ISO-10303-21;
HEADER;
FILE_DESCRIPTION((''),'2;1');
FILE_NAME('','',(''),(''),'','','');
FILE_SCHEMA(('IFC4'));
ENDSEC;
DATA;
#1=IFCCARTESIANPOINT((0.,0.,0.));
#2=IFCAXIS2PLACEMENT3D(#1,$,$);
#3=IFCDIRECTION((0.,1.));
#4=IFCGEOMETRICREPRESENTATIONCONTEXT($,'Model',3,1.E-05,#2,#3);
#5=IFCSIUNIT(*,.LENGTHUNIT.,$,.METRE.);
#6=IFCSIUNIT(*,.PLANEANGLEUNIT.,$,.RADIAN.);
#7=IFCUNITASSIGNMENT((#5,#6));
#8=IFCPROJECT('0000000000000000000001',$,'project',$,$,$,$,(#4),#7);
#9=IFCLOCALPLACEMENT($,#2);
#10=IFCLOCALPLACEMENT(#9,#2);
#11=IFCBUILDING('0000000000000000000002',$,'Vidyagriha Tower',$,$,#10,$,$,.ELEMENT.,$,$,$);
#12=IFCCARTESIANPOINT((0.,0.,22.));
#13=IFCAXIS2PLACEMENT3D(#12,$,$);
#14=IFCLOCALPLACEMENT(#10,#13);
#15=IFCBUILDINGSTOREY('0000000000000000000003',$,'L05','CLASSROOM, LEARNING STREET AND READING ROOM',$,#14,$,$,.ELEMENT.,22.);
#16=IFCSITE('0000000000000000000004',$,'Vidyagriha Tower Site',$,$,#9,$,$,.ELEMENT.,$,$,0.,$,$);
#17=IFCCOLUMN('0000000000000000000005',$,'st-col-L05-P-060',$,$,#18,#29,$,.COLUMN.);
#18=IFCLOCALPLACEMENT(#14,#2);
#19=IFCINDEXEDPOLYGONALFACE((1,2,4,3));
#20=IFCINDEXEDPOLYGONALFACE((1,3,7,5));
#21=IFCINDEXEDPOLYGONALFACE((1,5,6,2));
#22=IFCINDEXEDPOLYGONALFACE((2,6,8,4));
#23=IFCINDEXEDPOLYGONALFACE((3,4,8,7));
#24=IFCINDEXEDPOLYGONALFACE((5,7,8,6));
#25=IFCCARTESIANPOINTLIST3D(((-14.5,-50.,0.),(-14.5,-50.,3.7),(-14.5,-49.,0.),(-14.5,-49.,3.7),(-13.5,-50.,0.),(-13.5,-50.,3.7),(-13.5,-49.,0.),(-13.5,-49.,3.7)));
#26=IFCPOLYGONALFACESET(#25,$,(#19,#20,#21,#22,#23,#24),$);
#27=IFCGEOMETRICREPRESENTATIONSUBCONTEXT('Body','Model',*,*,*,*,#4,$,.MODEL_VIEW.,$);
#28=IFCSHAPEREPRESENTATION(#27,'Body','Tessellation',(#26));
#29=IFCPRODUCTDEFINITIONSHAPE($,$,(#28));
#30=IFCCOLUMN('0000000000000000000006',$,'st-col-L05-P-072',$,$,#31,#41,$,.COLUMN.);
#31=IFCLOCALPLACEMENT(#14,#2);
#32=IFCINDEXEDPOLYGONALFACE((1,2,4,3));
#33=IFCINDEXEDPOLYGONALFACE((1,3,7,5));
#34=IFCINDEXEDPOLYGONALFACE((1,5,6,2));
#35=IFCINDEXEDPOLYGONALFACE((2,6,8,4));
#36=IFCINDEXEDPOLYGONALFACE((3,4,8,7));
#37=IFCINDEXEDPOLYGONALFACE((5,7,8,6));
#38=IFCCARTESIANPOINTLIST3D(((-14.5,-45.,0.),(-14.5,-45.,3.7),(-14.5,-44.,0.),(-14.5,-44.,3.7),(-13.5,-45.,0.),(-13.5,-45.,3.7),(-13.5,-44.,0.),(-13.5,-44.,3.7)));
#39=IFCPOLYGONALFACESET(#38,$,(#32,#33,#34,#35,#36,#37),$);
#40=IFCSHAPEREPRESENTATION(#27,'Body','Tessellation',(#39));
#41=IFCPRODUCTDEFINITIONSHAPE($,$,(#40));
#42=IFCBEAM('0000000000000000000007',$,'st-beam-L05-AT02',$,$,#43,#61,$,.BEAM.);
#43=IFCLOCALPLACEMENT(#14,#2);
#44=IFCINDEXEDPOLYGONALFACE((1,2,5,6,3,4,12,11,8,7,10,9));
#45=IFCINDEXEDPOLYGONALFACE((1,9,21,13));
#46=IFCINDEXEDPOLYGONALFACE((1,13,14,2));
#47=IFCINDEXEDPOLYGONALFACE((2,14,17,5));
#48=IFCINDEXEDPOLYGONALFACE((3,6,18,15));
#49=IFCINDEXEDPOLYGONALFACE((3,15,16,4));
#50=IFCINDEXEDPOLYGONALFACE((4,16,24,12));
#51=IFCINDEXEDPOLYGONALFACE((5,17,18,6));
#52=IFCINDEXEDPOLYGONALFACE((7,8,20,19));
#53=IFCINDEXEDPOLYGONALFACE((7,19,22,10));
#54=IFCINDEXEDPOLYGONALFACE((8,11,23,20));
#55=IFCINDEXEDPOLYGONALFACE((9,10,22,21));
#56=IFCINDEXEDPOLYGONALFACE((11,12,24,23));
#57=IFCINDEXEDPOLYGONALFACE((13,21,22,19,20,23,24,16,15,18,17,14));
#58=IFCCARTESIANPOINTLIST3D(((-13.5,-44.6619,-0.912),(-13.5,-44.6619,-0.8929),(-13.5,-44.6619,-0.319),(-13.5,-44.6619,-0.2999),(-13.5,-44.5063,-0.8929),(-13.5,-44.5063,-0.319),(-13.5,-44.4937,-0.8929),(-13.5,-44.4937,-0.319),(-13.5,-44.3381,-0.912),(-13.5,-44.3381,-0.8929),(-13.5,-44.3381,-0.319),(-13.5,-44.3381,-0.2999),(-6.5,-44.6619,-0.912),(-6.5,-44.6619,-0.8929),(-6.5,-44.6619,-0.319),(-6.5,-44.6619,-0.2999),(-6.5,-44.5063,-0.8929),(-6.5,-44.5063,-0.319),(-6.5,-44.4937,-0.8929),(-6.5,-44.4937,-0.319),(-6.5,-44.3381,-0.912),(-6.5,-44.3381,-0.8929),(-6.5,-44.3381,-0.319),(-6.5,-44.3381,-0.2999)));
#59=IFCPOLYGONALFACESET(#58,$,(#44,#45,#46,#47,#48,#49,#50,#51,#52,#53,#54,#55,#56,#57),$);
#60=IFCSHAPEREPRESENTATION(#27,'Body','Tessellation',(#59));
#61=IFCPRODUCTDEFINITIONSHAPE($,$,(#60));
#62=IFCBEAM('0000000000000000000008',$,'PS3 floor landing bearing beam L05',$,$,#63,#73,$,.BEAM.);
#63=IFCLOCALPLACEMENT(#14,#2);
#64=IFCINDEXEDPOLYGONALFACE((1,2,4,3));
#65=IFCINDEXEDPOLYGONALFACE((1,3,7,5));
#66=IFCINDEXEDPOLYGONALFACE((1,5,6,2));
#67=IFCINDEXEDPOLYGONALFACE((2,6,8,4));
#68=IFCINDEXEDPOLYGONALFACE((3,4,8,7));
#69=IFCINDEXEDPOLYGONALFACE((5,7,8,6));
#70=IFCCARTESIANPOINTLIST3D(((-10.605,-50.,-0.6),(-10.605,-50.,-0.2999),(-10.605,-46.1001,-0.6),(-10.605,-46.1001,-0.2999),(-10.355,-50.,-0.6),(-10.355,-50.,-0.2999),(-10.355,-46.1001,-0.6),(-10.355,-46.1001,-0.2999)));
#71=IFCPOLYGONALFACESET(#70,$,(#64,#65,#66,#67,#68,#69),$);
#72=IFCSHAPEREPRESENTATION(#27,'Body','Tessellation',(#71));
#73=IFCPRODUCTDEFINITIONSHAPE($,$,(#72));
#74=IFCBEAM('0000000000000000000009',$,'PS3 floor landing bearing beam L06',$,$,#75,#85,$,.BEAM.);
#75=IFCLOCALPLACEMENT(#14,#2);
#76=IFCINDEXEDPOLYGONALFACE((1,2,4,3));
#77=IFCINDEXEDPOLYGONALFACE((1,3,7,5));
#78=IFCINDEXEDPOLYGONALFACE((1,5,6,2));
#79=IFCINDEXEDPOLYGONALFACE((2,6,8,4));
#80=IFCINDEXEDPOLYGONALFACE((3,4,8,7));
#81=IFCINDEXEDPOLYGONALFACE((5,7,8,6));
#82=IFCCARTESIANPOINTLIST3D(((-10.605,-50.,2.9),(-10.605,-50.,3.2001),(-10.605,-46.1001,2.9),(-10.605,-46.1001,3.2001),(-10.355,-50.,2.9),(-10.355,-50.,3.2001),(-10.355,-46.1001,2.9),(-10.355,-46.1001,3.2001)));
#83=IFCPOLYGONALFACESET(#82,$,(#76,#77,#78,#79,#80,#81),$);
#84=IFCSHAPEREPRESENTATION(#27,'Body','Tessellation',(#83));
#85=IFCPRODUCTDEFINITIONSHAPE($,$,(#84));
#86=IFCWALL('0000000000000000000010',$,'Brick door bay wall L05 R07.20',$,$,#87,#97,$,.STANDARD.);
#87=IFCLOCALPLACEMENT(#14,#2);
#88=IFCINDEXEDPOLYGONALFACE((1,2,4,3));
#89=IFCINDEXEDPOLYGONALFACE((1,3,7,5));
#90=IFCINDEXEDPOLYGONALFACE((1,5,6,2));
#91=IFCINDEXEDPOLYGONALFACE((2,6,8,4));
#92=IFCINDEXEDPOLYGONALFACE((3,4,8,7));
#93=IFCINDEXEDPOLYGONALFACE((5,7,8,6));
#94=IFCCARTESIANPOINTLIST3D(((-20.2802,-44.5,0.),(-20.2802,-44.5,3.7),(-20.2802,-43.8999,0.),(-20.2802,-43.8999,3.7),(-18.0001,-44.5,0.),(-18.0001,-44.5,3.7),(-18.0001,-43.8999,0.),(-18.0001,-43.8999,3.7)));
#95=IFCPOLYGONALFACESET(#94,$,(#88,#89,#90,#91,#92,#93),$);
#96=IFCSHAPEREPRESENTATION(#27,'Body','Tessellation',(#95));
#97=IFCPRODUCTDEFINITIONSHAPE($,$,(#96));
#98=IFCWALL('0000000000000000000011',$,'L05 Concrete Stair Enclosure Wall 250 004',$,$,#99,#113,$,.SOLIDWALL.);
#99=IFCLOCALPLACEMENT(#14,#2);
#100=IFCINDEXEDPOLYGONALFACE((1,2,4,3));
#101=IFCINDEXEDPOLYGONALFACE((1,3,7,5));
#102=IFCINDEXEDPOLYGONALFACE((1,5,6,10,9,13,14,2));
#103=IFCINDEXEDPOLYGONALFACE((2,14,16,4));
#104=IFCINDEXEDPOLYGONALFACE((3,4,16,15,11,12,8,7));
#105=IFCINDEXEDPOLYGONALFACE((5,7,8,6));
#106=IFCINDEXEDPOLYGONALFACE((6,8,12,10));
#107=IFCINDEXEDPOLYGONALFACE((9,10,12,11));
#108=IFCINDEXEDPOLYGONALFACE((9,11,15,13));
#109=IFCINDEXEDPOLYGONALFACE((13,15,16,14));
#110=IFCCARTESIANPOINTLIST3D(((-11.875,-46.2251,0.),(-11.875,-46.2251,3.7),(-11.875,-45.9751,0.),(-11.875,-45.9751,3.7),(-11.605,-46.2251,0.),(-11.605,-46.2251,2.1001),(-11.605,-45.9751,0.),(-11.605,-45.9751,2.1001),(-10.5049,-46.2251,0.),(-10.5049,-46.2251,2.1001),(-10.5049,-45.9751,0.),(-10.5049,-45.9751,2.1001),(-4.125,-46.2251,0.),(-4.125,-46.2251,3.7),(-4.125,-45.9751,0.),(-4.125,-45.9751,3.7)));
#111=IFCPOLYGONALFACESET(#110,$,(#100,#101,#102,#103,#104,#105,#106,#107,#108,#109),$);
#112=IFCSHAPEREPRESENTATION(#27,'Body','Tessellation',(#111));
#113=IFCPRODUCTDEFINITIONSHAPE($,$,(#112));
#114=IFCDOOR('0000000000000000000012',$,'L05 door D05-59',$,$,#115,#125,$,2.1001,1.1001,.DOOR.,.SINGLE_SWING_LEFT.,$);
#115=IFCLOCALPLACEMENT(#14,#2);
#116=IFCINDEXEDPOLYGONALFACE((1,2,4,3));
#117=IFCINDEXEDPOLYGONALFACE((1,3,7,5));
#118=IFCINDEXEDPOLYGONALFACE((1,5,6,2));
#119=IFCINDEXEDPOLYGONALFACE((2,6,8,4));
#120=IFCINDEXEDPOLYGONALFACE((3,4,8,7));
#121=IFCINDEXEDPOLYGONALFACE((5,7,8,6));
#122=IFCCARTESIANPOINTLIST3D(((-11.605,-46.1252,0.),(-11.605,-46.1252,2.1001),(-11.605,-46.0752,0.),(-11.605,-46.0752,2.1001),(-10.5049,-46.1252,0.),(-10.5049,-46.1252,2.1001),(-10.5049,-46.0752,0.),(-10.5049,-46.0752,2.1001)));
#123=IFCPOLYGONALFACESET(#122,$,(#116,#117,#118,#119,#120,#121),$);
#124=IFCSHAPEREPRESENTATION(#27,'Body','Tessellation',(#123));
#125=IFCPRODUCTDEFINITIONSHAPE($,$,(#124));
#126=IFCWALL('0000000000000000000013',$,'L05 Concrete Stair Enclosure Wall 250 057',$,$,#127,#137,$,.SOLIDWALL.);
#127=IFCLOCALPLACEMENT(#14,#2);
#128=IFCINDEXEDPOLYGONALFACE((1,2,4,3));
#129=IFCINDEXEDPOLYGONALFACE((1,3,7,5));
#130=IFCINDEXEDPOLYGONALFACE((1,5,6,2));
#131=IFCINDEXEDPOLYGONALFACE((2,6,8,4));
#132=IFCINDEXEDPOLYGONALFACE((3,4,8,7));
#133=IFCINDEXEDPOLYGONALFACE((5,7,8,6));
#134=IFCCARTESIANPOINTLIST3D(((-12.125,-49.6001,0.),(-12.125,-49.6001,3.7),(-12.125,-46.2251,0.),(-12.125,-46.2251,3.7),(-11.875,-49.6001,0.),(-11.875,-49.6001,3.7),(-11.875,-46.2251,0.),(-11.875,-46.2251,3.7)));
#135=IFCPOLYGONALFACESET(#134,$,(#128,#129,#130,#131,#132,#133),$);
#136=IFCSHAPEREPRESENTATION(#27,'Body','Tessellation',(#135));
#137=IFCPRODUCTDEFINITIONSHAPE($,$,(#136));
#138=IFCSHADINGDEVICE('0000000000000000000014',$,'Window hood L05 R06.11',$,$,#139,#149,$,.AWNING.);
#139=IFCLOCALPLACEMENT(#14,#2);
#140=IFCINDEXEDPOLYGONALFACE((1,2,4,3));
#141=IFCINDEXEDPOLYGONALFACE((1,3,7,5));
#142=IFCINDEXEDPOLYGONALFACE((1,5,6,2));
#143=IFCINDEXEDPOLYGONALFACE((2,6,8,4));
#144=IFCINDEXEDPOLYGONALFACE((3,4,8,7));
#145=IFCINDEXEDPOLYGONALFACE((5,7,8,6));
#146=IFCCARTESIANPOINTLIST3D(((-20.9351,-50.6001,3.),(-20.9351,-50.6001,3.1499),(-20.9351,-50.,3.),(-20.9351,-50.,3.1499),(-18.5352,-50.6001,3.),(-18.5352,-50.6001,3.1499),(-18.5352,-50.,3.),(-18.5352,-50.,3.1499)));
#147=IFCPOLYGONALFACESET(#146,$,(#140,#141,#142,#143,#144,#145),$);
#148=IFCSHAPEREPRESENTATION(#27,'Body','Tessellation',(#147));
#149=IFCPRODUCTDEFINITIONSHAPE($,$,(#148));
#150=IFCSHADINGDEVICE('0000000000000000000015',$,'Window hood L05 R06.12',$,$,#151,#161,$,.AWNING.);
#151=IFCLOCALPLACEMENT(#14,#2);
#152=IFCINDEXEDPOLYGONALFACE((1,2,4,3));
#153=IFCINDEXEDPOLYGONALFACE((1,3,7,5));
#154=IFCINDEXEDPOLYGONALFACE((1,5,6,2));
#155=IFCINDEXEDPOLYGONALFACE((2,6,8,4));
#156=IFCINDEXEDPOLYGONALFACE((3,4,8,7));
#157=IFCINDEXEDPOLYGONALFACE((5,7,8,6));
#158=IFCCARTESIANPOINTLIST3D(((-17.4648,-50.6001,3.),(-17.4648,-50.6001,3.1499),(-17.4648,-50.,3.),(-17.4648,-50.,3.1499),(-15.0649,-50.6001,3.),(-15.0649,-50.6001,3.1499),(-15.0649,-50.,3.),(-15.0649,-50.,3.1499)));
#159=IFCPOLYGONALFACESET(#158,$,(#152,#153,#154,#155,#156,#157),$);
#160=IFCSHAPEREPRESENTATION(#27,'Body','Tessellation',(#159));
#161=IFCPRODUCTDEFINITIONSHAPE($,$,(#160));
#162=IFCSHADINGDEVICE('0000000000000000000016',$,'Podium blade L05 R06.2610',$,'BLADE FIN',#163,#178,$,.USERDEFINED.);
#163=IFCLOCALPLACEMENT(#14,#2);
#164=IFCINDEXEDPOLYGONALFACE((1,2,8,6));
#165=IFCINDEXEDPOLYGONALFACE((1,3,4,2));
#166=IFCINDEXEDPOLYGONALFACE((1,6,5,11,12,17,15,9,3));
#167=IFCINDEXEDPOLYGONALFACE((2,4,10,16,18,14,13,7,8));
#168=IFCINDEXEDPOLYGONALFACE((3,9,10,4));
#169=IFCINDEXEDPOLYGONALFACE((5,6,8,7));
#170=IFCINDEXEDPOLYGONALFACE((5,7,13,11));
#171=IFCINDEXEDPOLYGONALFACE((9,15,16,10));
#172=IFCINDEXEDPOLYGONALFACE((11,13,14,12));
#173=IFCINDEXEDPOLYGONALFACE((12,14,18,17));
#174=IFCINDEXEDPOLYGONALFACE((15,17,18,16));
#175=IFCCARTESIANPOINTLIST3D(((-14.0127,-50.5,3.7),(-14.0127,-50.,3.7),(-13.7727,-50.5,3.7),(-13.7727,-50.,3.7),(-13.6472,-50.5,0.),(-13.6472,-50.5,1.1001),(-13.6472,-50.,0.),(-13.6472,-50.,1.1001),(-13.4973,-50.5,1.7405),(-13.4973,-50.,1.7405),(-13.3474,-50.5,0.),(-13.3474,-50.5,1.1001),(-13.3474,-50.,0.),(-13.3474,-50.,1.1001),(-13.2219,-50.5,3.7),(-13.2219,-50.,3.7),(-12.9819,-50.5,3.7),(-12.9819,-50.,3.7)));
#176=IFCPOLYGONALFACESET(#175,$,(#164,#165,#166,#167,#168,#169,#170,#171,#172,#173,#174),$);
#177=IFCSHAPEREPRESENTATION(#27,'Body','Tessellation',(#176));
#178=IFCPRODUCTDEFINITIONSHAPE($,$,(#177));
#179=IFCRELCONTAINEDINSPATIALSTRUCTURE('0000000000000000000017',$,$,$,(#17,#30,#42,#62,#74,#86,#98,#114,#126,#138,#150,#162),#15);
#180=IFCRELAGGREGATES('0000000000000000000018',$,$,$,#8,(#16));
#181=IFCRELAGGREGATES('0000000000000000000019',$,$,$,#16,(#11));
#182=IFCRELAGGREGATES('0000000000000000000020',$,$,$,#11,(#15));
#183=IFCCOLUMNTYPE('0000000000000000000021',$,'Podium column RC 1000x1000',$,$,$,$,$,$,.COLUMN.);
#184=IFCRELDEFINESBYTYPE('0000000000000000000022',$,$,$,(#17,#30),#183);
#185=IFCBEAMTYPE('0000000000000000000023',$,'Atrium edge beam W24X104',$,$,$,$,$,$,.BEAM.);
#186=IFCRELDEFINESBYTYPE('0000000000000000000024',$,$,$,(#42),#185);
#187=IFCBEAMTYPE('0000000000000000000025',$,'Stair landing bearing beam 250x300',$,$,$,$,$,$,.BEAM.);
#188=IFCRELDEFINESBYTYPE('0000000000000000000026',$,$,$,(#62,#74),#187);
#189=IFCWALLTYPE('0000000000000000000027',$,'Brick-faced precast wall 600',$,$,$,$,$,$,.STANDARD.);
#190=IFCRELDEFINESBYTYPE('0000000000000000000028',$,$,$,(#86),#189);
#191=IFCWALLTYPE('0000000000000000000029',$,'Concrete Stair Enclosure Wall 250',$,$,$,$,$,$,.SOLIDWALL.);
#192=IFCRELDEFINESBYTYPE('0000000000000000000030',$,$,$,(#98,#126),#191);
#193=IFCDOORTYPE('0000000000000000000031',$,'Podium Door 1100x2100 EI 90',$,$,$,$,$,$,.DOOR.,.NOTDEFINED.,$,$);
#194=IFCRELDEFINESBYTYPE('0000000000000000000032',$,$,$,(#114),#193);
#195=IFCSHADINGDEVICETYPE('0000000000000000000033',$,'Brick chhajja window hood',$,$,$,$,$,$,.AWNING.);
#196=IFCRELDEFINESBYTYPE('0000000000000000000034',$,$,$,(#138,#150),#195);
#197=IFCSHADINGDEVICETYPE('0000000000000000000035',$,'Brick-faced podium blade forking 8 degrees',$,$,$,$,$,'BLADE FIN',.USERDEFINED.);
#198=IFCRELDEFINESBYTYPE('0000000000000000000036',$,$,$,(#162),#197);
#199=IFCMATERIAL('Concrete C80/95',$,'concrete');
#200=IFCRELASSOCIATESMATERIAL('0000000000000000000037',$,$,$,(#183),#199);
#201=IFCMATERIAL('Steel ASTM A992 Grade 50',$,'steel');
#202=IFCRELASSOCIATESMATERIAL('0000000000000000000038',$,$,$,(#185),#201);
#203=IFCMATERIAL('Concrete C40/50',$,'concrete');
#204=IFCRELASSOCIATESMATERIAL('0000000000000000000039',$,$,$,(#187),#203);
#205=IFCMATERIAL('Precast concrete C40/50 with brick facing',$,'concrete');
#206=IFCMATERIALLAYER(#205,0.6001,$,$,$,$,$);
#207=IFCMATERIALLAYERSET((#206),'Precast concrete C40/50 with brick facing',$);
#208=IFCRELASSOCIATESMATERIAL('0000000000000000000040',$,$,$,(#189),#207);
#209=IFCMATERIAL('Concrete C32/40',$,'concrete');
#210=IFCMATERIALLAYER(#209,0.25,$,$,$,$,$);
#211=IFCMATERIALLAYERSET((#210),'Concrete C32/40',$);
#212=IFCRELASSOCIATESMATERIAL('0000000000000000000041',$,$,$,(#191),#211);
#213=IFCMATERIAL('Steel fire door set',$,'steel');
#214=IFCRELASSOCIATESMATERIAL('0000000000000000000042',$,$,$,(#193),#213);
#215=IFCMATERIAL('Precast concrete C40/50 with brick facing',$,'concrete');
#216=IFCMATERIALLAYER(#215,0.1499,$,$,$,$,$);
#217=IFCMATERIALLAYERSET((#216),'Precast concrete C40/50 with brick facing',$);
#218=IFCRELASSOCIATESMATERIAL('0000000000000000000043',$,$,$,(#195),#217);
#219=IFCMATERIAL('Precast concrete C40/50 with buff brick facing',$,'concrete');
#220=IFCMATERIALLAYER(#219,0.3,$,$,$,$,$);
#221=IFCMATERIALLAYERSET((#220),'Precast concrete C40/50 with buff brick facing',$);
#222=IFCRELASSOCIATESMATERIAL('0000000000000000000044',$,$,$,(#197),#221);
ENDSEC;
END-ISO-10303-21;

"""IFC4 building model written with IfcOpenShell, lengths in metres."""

from ifc_helpers import new_model, si_unit, direction, frame, frame_2d, origin, origin_2d, place, context, subcontext, project, spatial, polyline, rectangle, i_section, outline, extrude, material, layer, layer_set, material_profile, profile_set, type_object, element, fill, save


model = new_model("IFC4")

# Units and contexts
model_context = context("Model", 3, precision=1e-05, world=origin(), true_north=direction((0.0, 1.0)))
body_context = subcontext(model_context, "Body", "Model", "MODEL_VIEW")
ifc_project = project(units=[si_unit("LENGTHUNIT", "METRE"), si_unit("PLANEANGLEUNIT", "RADIAN")], contexts=[model_context])

# Site, building, storey
site_placement = place(None, origin())
site = spatial("IfcSite", under=ifc_project, at=site_placement, Name="Vidyagriha Tower Site", CompositionType="ELEMENT", RefElevation=0.0)
building_placement = place(site_placement, origin())
building = spatial("IfcBuilding", under=site, at=building_placement, Name="Vidyagriha Tower", CompositionType="ELEMENT")
storey_placement = place(building_placement, frame((0.0, 0.0, 22.0)))
storey = spatial("IfcBuildingStorey", under=building, at=storey_placement, Name="L05", Description="CLASSROOM, LEARNING STREET AND READING ROOM", CompositionType="ELEMENT", Elevation=22.0)

# Columns
ifc_material_1 = material(Name="Concrete C80/95", Category="concrete")
ifc_material_profile_1 = material_profile(ifc_material_1, rectangle(XDim=1.0, YDim=1.0, at=origin_2d()), Name="RC 1000x1000")
ifc_profile_set_1 = profile_set([ifc_material_profile_1], Name="Concrete C80/95")
column_type = type_object("IfcColumnType", Name="Podium column RC 1000x1000", PredefinedType="COLUMN", material=ifc_profile_set_1)
for number, where, name in (
    (1, (-14.0, -49.5, 0.0), "st-col-L05-P-060"),
    (2, (-14.0, -44.5, 0.0), "st-col-L05-P-072"),
):
    element("IfcColumn", number, at=place(storey_placement, frame(where)), inside=storey, type_object=column_type, Name=name, PredefinedType="COLUMN", context=body_context, shape_type="SweptSolid", body=[
        extrude(rectangle(XDim=1.0, YDim=1.0, at=origin_2d()), origin(), (0.0, 0.0, 1.0), 3.7),
    ])

# Beams
ifc_material_2 = material(Name="Steel ASTM A992 Grade 50", Category="steel")
ifc_material_profile_2 = material_profile(ifc_material_2, i_section(OverallWidth=0.3237, OverallDepth=0.6121, WebThickness=0.0127, FlangeThickness=0.019, at=origin_2d()), Name="W24X104")
ifc_profile_set_2 = profile_set([ifc_material_profile_2], Name="Steel ASTM A992 Grade 50")
beam_type_1 = type_object("IfcBeamType", Name="Atrium edge beam W24X104", PredefinedType="BEAM", material=ifc_profile_set_2)
beam_placement = place(storey_placement, frame((-13.5, -44.5, -0.606), z_axis=(1.0, 0.0, 0.0), x_axis=(0.0, 1.0, 0.0)))
element("IfcBeam", 3, at=beam_placement, inside=storey, type_object=beam_type_1, Name="st-beam-L05-AT02", PredefinedType="BEAM", context=body_context, shape_type="SweptSolid", body=[
    extrude(i_section(OverallWidth=0.3237, OverallDepth=0.6121, WebThickness=0.0127, FlangeThickness=0.019, at=origin_2d()), origin(), (0.0, 0.0, 1.0), 7.0),
])
ifc_material_3 = material(Name="Concrete C40/50", Category="concrete")
ifc_material_profile_3 = material_profile(ifc_material_3, rectangle(XDim=0.25, YDim=0.3, at=origin_2d()), Name="Stair landing bearing beam 250x300")
ifc_profile_set_3 = profile_set([ifc_material_profile_3], Name="Concrete C40/50")
beam_type_2 = type_object("IfcBeamType", Name="Stair landing bearing beam 250x300", PredefinedType="BEAM", material=ifc_profile_set_3)
for number, where, z_axis, x_axis, name in (
    (4, (-10.48, -50.0, -0.45), (0.0, 1.0, 0.0), (-1.0, 0.0, 0.0), "PS3 floor landing bearing beam L05"),
    (5, (-10.48, -50.0, 3.05), (0.0, 1.0, 0.0), (-1.0, 0.0, 0.0), "PS3 floor landing bearing beam L06"),
):
    element("IfcBeam", number, at=place(storey_placement, frame(where, z_axis=z_axis, x_axis=x_axis)), inside=storey, type_object=beam_type_2, Name=name, PredefinedType="BEAM", context=body_context, shape_type="SweptSolid", body=[
        extrude(rectangle(XDim=0.25, YDim=0.3, at=origin_2d()), origin(), (0.0, 0.0, 1.0), 3.8999),
    ])

# Wall
ifc_material_4 = material(Name="Precast concrete C40/50 with brick facing", Category="concrete")
ifc_layer_1 = layer(ifc_material_4, 0.6001)
ifc_layer_set_1 = layer_set([ifc_layer_1], Name="Precast concrete C40/50 with brick facing")
wall_type_1 = type_object("IfcWallType", Name="Brick-faced precast wall 600", PredefinedType="STANDARD", material=ifc_layer_set_1)
wall_1_placement = place(storey_placement, frame((-18.0, -44.2, 0.0), z_axis=(0.0, 0.0, 1.0), x_axis=(-1.0, 0.0, 0.0)))
element("IfcWall", 6, at=wall_1_placement, inside=storey, type_object=wall_type_1, Name="Brick door bay wall L05 R07.20", PredefinedType="STANDARD", context=body_context, shape_type="SweptSolid", body=[
    extrude(rectangle(XDim=2.28, YDim=0.6001, at=frame_2d((1.1401, 0.0))), origin(), (0.0, 0.0, 1.0), 3.7),
])

# Wall, opening, door
ifc_material_5 = material(Name="Concrete C32/40", Category="concrete")
ifc_layer_2 = layer(ifc_material_5, 0.25)
ifc_layer_set_2 = layer_set([ifc_layer_2], Name="Concrete C32/40")
wall_type_2 = type_object("IfcWallType", Name="Concrete Stair Enclosure Wall 250", PredefinedType="SOLIDWALL", material=ifc_layer_set_2)
wall_2_placement = place(storey_placement, frame((-11.875, -46.1001, 0.0)))
wall_2 = element("IfcWall", 7, at=wall_2_placement, inside=storey, type_object=wall_type_2, Name="L05 Concrete Stair Enclosure Wall 250 004", PredefinedType="SOLIDWALL", context=body_context, shape_type="SweptSolid", body=[
    extrude(rectangle(XDim=7.75, YDim=0.25, at=frame_2d((3.875, 0.0))), origin(), (0.0, 0.0, 1.0), 3.7),
])
opening_placement = place(wall_2_placement, frame((0.27, 0.0, 0.0)))
opening = element("IfcOpeningElement", 8, at=opening_placement, cuts=wall_2, PredefinedType="OPENING", context=body_context, shape_type="SweptSolid", body=[
    extrude(rectangle(XDim=1.1001, YDim=2.1001, at=frame_2d((0.55, 1.05))), frame((0.0, 0.135, 0.0), z_axis=(0.0, -1.0, 0.0), x_axis=(1.0, 0.0, 0.0)), (0.0, 0.0, 1.0), 0.27),
])
ifc_material_6 = material(Name="Steel fire door set", Category="steel")
door_type = type_object("IfcDoorType", Name="Podium Door 1100x2100 EI 90", OperationType="NOTDEFINED", PredefinedType="DOOR", material=ifc_material_6)
door_placement = place(opening_placement, origin())
door = element("IfcDoor", 9, at=door_placement, inside=storey, type_object=door_type, Name="L05 door D05-59", OperationType="SINGLE_SWING_LEFT", OverallHeight=2.1001, OverallWidth=1.1001, PredefinedType="DOOR", context=body_context, shape_type="SweptSolid", body=[
    extrude(rectangle(XDim=1.1001, YDim=2.1001, at=frame_2d((0.55, 1.05))), frame((0.0, 0.0249, 0.0), z_axis=(0.0, -1.0, 0.0), x_axis=(1.0, 0.0, 0.0)), (0.0, 0.0, 1.0), 0.05),
])
fill(opening, door)

# Wall
wall_3_placement = place(storey_placement, frame((-12.0, -49.6001, 0.0), z_axis=(0.0, 0.0, 1.0), x_axis=(0.0, 1.0, 0.0)))
element("IfcWall", 10, at=wall_3_placement, inside=storey, type_object=wall_type_2, Name="L05 Concrete Stair Enclosure Wall 250 057", PredefinedType="SOLIDWALL", context=body_context, shape_type="SweptSolid", body=[
    extrude(rectangle(XDim=3.375, YDim=0.25, at=frame_2d((1.6875, 0.0))), origin(), (0.0, 0.0, 1.0), 3.7),
])

# Shading devices
ifc_material_7 = material(Name="Precast concrete C40/50 with brick facing", Category="concrete")
ifc_layer_3 = layer(ifc_material_7, 0.1499)
ifc_layer_set_3 = layer_set([ifc_layer_3], Name="Precast concrete C40/50 with brick facing")
shading_device_type_1 = type_object("IfcShadingDeviceType", Name="Brick chhajja window hood", PredefinedType="AWNING", material=ifc_layer_set_3)
for number, where, name in (
    (11, (-19.7351, -50.3, 3.0), "Window hood L05 R06.11"),
    (12, (-16.2649, -50.3, 3.0), "Window hood L05 R06.12"),
):
    element("IfcShadingDevice", number, at=place(storey_placement, frame(where)), inside=storey, type_object=shading_device_type_1, Name=name, PredefinedType="AWNING", context=body_context, shape_type="SweptSolid", body=[
        extrude(rectangle(XDim=2.3999, YDim=0.6001, at=origin_2d()), origin(), (0.0, 0.0, 1.0), 0.1499),
    ])
ifc_material_8 = material(Name="Precast concrete C40/50 with buff brick facing", Category="concrete")
ifc_layer_4 = layer(ifc_material_8, 0.3)
ifc_layer_set_4 = layer_set([ifc_layer_4], Name="Precast concrete C40/50 with buff brick facing")
shading_device_type_2 = type_object("IfcShadingDeviceType", Name="Brick-faced podium blade forking 8 degrees", ElementType="BLADE FIN", PredefinedType="USERDEFINED", material=ifc_layer_set_4)
for number, where, name in (
    (13, (-14.0127, -50.25, 0.0), "Podium blade L05 R06.2610"),
):
    element("IfcShadingDevice", number, at=place(storey_placement, frame(where)), inside=storey, type_object=shading_device_type_2, Name=name, ObjectType="BLADE FIN", PredefinedType="USERDEFINED", context=body_context, shape_type="SweptSolid", body=[
        extrude(outline(polyline([(0.6653, 0.0), (0.6653, 1.1001), (1.0308, 3.7), (0.7908, 3.7), (0.5154, 1.7405), (0.24, 3.7), (0.0, 3.7), (0.3655, 1.1001), (0.3655, 0.0), (0.6653, 0.0)])), frame((0.0, 0.25, 0.0), z_axis=(0.0, -1.0, 0.0), x_axis=(1.0, 0.0, 0.0)), (0.0, 0.0, 1.0), 0.5),
    ])

save(model, "model.ifc")
